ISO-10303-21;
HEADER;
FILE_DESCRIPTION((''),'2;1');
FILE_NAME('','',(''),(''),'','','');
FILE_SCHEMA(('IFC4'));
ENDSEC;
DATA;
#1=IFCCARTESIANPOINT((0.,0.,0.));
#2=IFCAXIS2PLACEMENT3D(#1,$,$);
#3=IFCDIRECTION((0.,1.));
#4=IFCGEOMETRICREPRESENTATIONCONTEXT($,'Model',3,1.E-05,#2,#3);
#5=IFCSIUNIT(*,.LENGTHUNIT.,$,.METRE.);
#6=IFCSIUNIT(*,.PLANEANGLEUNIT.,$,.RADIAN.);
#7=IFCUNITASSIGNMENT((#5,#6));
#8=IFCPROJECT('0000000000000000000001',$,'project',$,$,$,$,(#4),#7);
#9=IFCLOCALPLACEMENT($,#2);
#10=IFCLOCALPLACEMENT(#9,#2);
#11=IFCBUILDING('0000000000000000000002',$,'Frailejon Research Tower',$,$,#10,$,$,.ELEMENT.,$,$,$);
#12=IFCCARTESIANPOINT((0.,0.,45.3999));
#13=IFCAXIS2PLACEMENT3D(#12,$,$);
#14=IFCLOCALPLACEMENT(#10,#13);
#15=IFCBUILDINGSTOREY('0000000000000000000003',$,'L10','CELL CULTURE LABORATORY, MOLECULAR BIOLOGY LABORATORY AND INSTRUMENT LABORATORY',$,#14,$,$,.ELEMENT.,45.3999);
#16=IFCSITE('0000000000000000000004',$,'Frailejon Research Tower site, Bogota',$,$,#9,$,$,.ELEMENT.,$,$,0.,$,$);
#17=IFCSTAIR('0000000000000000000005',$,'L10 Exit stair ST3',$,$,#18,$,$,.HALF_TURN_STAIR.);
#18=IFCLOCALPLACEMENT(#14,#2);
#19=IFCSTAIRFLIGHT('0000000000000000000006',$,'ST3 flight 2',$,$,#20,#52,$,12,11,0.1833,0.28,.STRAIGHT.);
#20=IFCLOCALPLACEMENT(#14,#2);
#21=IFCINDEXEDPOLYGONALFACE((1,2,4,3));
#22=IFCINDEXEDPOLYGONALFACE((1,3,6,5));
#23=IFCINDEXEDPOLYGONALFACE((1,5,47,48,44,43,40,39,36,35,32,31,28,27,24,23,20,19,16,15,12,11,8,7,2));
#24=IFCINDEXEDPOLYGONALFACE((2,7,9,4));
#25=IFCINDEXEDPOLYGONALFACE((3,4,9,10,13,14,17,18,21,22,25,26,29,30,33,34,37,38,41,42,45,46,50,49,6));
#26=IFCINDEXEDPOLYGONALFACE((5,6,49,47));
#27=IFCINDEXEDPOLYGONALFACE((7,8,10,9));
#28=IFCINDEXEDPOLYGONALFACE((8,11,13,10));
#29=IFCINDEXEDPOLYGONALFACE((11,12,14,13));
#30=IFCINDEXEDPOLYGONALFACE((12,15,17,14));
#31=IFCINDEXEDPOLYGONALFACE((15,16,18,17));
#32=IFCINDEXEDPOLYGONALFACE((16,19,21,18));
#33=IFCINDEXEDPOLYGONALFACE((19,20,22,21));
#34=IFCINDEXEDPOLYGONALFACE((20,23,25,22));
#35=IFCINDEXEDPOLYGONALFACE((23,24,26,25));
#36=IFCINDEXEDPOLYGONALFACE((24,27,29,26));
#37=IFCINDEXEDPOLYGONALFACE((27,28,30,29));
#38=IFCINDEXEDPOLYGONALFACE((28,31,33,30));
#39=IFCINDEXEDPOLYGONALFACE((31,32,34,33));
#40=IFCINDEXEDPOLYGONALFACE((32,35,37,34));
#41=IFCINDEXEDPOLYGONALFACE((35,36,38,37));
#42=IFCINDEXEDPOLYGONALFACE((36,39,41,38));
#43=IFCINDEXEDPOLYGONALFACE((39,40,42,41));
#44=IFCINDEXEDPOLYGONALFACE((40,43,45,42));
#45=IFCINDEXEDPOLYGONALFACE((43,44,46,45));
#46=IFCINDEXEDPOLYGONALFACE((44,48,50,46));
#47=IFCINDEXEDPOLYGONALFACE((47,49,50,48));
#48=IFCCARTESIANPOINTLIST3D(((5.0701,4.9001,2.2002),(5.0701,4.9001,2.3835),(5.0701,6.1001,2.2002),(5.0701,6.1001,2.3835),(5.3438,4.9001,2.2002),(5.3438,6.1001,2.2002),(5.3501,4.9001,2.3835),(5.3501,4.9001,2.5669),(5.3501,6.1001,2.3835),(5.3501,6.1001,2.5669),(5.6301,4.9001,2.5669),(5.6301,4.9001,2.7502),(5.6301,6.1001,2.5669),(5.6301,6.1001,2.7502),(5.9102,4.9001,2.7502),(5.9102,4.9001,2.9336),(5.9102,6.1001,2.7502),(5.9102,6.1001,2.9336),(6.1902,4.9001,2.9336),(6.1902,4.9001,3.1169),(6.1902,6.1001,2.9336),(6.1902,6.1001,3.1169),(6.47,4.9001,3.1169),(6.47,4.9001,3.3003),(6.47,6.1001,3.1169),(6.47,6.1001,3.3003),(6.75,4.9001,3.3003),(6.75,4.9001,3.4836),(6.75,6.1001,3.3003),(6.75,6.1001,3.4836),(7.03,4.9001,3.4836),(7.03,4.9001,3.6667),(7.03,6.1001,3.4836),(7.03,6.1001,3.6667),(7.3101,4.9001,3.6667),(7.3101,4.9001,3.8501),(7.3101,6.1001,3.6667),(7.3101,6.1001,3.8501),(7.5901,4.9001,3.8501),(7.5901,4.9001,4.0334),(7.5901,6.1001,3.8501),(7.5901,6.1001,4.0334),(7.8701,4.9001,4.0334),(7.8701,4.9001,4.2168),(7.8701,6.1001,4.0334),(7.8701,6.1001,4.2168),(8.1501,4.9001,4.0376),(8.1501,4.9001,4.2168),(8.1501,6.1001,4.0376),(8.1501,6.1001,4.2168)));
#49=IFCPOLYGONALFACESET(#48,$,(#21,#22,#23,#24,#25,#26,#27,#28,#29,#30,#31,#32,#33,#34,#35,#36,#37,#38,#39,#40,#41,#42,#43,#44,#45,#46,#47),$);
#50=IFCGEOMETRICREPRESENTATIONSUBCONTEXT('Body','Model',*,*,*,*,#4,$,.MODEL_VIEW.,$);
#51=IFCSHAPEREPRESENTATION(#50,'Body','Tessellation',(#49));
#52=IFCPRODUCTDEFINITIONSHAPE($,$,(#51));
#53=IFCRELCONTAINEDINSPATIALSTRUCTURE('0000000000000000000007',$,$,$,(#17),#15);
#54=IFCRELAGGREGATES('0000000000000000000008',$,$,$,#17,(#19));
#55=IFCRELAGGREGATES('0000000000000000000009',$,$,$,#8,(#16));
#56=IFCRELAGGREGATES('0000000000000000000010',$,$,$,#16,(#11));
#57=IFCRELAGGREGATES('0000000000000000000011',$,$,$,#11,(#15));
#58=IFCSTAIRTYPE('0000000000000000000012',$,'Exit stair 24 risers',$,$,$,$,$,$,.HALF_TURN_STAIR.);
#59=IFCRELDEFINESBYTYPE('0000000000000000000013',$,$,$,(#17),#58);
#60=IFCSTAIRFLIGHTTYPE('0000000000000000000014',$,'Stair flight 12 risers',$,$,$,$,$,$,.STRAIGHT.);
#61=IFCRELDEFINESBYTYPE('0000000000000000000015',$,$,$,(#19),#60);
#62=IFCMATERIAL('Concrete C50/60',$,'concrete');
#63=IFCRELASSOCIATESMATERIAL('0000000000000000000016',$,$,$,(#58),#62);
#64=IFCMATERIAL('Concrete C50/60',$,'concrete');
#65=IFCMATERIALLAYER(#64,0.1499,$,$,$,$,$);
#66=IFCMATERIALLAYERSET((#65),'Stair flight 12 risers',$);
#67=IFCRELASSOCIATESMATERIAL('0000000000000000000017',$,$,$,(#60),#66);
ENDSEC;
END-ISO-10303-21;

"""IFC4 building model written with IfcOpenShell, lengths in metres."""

from ifc_helpers import new_model, si_unit, direction, frame, origin, place, context, subcontext, project, spatial, polyline, outline, extrude, material, layer, layer_set, type_object, element, aggregate, save


model = new_model("IFC4")

# Units and contexts
model_context = context("Model", 3, precision=1e-05, world=origin(), true_north=direction((0.0, 1.0)))
body_context = subcontext(model_context, "Body", "Model", "MODEL_VIEW")
ifc_project = project(units=[si_unit("LENGTHUNIT", "METRE"), si_unit("PLANEANGLEUNIT", "RADIAN")], contexts=[model_context])

# Site, building, storey
site_placement = place(None, origin())
site = spatial("IfcSite", under=ifc_project, at=site_placement, Name="Frailejon Research Tower site, Bogota", CompositionType="ELEMENT", RefElevation=0.0)
building_placement = place(site_placement, origin())
building = spatial("IfcBuilding", under=site, at=building_placement, Name="Frailejon Research Tower", CompositionType="ELEMENT")
storey_placement = place(building_placement, frame((0.0, 0.0, 45.3999)))
storey = spatial("IfcBuildingStorey", under=building, at=storey_placement, Name="L10", Description="CELL CULTURE LABORATORY, MOLECULAR BIOLOGY LABORATORY AND INSTRUMENT LABORATORY", CompositionType="ELEMENT", Elevation=45.3999)

# Stair, stair flight
ifc_material_1 = material(Name="Concrete C50/60", Category="concrete")
stair_type = type_object("IfcStairType", Name="Exit stair 24 risers", PredefinedType="HALF_TURN_STAIR", material=ifc_material_1)
stair_placement = place(storey_placement, origin())
stair = element("IfcStair", 1, at=stair_placement, inside=storey, type_object=stair_type, Name="L10 Exit stair ST3", PredefinedType="HALF_TURN_STAIR")
ifc_material_2 = material(Name="Concrete C50/60", Category="concrete")
ifc_layer_1 = layer(ifc_material_2, 0.1499)
ifc_layer_set_1 = layer_set([ifc_layer_1], Name="Stair flight 12 risers")
stair_flight_type = type_object("IfcStairFlightType", Name="Stair flight 12 risers", PredefinedType="STRAIGHT", material=ifc_layer_set_1)
stair_flight_1_placement = place(storey_placement, frame((5.0701, 5.5, 2.2002), z_axis=(0.0, 0.0, 1.0), x_axis=(1.0, 0.0, 0.0)))
stair_flight_1 = element("IfcStairFlight", 2, at=stair_flight_1_placement, type_object=stair_flight_type, Name="ST3 flight 2", NumberOfRisers=12, NumberOfTreads=11, PredefinedType="STRAIGHT", RiserHeight=0.1833, TreadLength=0.28, context=body_context, shape_type="SweptSolid", body=[
    extrude(outline(polyline([(0.0, 0.0), (0.0, 0.1833), (0.28, 0.1833), (0.28, 0.3667), (0.5601, 0.3667), (0.5601, 0.55), (0.8401, 0.55), (0.8401, 0.7334), (1.1201, 0.7334), (1.1201, 0.9167), (1.3999, 0.9167), (1.3999, 1.1001), (1.6799, 1.1001), (1.6799, 1.2834), (1.96, 1.2834), (1.96, 1.4666), (2.24, 1.4666), (2.24, 1.6499), (2.52, 1.6499), (2.52, 1.8333), (2.8, 1.8333), (2.8, 2.0166), (3.0801, 2.0166), (3.0801, 2.2), (3.0801, 1.8374), (0.2737, 0.0), (0.0, 0.0)])), frame((0.0, 0.6001, 0.0), z_axis=(0.0, -1.0, 0.0), x_axis=(1.0, 0.0, 0.0)), (0.0, 0.0, 1.0), 1.2),
])
aggregate(stair, [stair_flight_1])

save(model, "model.ifc")
